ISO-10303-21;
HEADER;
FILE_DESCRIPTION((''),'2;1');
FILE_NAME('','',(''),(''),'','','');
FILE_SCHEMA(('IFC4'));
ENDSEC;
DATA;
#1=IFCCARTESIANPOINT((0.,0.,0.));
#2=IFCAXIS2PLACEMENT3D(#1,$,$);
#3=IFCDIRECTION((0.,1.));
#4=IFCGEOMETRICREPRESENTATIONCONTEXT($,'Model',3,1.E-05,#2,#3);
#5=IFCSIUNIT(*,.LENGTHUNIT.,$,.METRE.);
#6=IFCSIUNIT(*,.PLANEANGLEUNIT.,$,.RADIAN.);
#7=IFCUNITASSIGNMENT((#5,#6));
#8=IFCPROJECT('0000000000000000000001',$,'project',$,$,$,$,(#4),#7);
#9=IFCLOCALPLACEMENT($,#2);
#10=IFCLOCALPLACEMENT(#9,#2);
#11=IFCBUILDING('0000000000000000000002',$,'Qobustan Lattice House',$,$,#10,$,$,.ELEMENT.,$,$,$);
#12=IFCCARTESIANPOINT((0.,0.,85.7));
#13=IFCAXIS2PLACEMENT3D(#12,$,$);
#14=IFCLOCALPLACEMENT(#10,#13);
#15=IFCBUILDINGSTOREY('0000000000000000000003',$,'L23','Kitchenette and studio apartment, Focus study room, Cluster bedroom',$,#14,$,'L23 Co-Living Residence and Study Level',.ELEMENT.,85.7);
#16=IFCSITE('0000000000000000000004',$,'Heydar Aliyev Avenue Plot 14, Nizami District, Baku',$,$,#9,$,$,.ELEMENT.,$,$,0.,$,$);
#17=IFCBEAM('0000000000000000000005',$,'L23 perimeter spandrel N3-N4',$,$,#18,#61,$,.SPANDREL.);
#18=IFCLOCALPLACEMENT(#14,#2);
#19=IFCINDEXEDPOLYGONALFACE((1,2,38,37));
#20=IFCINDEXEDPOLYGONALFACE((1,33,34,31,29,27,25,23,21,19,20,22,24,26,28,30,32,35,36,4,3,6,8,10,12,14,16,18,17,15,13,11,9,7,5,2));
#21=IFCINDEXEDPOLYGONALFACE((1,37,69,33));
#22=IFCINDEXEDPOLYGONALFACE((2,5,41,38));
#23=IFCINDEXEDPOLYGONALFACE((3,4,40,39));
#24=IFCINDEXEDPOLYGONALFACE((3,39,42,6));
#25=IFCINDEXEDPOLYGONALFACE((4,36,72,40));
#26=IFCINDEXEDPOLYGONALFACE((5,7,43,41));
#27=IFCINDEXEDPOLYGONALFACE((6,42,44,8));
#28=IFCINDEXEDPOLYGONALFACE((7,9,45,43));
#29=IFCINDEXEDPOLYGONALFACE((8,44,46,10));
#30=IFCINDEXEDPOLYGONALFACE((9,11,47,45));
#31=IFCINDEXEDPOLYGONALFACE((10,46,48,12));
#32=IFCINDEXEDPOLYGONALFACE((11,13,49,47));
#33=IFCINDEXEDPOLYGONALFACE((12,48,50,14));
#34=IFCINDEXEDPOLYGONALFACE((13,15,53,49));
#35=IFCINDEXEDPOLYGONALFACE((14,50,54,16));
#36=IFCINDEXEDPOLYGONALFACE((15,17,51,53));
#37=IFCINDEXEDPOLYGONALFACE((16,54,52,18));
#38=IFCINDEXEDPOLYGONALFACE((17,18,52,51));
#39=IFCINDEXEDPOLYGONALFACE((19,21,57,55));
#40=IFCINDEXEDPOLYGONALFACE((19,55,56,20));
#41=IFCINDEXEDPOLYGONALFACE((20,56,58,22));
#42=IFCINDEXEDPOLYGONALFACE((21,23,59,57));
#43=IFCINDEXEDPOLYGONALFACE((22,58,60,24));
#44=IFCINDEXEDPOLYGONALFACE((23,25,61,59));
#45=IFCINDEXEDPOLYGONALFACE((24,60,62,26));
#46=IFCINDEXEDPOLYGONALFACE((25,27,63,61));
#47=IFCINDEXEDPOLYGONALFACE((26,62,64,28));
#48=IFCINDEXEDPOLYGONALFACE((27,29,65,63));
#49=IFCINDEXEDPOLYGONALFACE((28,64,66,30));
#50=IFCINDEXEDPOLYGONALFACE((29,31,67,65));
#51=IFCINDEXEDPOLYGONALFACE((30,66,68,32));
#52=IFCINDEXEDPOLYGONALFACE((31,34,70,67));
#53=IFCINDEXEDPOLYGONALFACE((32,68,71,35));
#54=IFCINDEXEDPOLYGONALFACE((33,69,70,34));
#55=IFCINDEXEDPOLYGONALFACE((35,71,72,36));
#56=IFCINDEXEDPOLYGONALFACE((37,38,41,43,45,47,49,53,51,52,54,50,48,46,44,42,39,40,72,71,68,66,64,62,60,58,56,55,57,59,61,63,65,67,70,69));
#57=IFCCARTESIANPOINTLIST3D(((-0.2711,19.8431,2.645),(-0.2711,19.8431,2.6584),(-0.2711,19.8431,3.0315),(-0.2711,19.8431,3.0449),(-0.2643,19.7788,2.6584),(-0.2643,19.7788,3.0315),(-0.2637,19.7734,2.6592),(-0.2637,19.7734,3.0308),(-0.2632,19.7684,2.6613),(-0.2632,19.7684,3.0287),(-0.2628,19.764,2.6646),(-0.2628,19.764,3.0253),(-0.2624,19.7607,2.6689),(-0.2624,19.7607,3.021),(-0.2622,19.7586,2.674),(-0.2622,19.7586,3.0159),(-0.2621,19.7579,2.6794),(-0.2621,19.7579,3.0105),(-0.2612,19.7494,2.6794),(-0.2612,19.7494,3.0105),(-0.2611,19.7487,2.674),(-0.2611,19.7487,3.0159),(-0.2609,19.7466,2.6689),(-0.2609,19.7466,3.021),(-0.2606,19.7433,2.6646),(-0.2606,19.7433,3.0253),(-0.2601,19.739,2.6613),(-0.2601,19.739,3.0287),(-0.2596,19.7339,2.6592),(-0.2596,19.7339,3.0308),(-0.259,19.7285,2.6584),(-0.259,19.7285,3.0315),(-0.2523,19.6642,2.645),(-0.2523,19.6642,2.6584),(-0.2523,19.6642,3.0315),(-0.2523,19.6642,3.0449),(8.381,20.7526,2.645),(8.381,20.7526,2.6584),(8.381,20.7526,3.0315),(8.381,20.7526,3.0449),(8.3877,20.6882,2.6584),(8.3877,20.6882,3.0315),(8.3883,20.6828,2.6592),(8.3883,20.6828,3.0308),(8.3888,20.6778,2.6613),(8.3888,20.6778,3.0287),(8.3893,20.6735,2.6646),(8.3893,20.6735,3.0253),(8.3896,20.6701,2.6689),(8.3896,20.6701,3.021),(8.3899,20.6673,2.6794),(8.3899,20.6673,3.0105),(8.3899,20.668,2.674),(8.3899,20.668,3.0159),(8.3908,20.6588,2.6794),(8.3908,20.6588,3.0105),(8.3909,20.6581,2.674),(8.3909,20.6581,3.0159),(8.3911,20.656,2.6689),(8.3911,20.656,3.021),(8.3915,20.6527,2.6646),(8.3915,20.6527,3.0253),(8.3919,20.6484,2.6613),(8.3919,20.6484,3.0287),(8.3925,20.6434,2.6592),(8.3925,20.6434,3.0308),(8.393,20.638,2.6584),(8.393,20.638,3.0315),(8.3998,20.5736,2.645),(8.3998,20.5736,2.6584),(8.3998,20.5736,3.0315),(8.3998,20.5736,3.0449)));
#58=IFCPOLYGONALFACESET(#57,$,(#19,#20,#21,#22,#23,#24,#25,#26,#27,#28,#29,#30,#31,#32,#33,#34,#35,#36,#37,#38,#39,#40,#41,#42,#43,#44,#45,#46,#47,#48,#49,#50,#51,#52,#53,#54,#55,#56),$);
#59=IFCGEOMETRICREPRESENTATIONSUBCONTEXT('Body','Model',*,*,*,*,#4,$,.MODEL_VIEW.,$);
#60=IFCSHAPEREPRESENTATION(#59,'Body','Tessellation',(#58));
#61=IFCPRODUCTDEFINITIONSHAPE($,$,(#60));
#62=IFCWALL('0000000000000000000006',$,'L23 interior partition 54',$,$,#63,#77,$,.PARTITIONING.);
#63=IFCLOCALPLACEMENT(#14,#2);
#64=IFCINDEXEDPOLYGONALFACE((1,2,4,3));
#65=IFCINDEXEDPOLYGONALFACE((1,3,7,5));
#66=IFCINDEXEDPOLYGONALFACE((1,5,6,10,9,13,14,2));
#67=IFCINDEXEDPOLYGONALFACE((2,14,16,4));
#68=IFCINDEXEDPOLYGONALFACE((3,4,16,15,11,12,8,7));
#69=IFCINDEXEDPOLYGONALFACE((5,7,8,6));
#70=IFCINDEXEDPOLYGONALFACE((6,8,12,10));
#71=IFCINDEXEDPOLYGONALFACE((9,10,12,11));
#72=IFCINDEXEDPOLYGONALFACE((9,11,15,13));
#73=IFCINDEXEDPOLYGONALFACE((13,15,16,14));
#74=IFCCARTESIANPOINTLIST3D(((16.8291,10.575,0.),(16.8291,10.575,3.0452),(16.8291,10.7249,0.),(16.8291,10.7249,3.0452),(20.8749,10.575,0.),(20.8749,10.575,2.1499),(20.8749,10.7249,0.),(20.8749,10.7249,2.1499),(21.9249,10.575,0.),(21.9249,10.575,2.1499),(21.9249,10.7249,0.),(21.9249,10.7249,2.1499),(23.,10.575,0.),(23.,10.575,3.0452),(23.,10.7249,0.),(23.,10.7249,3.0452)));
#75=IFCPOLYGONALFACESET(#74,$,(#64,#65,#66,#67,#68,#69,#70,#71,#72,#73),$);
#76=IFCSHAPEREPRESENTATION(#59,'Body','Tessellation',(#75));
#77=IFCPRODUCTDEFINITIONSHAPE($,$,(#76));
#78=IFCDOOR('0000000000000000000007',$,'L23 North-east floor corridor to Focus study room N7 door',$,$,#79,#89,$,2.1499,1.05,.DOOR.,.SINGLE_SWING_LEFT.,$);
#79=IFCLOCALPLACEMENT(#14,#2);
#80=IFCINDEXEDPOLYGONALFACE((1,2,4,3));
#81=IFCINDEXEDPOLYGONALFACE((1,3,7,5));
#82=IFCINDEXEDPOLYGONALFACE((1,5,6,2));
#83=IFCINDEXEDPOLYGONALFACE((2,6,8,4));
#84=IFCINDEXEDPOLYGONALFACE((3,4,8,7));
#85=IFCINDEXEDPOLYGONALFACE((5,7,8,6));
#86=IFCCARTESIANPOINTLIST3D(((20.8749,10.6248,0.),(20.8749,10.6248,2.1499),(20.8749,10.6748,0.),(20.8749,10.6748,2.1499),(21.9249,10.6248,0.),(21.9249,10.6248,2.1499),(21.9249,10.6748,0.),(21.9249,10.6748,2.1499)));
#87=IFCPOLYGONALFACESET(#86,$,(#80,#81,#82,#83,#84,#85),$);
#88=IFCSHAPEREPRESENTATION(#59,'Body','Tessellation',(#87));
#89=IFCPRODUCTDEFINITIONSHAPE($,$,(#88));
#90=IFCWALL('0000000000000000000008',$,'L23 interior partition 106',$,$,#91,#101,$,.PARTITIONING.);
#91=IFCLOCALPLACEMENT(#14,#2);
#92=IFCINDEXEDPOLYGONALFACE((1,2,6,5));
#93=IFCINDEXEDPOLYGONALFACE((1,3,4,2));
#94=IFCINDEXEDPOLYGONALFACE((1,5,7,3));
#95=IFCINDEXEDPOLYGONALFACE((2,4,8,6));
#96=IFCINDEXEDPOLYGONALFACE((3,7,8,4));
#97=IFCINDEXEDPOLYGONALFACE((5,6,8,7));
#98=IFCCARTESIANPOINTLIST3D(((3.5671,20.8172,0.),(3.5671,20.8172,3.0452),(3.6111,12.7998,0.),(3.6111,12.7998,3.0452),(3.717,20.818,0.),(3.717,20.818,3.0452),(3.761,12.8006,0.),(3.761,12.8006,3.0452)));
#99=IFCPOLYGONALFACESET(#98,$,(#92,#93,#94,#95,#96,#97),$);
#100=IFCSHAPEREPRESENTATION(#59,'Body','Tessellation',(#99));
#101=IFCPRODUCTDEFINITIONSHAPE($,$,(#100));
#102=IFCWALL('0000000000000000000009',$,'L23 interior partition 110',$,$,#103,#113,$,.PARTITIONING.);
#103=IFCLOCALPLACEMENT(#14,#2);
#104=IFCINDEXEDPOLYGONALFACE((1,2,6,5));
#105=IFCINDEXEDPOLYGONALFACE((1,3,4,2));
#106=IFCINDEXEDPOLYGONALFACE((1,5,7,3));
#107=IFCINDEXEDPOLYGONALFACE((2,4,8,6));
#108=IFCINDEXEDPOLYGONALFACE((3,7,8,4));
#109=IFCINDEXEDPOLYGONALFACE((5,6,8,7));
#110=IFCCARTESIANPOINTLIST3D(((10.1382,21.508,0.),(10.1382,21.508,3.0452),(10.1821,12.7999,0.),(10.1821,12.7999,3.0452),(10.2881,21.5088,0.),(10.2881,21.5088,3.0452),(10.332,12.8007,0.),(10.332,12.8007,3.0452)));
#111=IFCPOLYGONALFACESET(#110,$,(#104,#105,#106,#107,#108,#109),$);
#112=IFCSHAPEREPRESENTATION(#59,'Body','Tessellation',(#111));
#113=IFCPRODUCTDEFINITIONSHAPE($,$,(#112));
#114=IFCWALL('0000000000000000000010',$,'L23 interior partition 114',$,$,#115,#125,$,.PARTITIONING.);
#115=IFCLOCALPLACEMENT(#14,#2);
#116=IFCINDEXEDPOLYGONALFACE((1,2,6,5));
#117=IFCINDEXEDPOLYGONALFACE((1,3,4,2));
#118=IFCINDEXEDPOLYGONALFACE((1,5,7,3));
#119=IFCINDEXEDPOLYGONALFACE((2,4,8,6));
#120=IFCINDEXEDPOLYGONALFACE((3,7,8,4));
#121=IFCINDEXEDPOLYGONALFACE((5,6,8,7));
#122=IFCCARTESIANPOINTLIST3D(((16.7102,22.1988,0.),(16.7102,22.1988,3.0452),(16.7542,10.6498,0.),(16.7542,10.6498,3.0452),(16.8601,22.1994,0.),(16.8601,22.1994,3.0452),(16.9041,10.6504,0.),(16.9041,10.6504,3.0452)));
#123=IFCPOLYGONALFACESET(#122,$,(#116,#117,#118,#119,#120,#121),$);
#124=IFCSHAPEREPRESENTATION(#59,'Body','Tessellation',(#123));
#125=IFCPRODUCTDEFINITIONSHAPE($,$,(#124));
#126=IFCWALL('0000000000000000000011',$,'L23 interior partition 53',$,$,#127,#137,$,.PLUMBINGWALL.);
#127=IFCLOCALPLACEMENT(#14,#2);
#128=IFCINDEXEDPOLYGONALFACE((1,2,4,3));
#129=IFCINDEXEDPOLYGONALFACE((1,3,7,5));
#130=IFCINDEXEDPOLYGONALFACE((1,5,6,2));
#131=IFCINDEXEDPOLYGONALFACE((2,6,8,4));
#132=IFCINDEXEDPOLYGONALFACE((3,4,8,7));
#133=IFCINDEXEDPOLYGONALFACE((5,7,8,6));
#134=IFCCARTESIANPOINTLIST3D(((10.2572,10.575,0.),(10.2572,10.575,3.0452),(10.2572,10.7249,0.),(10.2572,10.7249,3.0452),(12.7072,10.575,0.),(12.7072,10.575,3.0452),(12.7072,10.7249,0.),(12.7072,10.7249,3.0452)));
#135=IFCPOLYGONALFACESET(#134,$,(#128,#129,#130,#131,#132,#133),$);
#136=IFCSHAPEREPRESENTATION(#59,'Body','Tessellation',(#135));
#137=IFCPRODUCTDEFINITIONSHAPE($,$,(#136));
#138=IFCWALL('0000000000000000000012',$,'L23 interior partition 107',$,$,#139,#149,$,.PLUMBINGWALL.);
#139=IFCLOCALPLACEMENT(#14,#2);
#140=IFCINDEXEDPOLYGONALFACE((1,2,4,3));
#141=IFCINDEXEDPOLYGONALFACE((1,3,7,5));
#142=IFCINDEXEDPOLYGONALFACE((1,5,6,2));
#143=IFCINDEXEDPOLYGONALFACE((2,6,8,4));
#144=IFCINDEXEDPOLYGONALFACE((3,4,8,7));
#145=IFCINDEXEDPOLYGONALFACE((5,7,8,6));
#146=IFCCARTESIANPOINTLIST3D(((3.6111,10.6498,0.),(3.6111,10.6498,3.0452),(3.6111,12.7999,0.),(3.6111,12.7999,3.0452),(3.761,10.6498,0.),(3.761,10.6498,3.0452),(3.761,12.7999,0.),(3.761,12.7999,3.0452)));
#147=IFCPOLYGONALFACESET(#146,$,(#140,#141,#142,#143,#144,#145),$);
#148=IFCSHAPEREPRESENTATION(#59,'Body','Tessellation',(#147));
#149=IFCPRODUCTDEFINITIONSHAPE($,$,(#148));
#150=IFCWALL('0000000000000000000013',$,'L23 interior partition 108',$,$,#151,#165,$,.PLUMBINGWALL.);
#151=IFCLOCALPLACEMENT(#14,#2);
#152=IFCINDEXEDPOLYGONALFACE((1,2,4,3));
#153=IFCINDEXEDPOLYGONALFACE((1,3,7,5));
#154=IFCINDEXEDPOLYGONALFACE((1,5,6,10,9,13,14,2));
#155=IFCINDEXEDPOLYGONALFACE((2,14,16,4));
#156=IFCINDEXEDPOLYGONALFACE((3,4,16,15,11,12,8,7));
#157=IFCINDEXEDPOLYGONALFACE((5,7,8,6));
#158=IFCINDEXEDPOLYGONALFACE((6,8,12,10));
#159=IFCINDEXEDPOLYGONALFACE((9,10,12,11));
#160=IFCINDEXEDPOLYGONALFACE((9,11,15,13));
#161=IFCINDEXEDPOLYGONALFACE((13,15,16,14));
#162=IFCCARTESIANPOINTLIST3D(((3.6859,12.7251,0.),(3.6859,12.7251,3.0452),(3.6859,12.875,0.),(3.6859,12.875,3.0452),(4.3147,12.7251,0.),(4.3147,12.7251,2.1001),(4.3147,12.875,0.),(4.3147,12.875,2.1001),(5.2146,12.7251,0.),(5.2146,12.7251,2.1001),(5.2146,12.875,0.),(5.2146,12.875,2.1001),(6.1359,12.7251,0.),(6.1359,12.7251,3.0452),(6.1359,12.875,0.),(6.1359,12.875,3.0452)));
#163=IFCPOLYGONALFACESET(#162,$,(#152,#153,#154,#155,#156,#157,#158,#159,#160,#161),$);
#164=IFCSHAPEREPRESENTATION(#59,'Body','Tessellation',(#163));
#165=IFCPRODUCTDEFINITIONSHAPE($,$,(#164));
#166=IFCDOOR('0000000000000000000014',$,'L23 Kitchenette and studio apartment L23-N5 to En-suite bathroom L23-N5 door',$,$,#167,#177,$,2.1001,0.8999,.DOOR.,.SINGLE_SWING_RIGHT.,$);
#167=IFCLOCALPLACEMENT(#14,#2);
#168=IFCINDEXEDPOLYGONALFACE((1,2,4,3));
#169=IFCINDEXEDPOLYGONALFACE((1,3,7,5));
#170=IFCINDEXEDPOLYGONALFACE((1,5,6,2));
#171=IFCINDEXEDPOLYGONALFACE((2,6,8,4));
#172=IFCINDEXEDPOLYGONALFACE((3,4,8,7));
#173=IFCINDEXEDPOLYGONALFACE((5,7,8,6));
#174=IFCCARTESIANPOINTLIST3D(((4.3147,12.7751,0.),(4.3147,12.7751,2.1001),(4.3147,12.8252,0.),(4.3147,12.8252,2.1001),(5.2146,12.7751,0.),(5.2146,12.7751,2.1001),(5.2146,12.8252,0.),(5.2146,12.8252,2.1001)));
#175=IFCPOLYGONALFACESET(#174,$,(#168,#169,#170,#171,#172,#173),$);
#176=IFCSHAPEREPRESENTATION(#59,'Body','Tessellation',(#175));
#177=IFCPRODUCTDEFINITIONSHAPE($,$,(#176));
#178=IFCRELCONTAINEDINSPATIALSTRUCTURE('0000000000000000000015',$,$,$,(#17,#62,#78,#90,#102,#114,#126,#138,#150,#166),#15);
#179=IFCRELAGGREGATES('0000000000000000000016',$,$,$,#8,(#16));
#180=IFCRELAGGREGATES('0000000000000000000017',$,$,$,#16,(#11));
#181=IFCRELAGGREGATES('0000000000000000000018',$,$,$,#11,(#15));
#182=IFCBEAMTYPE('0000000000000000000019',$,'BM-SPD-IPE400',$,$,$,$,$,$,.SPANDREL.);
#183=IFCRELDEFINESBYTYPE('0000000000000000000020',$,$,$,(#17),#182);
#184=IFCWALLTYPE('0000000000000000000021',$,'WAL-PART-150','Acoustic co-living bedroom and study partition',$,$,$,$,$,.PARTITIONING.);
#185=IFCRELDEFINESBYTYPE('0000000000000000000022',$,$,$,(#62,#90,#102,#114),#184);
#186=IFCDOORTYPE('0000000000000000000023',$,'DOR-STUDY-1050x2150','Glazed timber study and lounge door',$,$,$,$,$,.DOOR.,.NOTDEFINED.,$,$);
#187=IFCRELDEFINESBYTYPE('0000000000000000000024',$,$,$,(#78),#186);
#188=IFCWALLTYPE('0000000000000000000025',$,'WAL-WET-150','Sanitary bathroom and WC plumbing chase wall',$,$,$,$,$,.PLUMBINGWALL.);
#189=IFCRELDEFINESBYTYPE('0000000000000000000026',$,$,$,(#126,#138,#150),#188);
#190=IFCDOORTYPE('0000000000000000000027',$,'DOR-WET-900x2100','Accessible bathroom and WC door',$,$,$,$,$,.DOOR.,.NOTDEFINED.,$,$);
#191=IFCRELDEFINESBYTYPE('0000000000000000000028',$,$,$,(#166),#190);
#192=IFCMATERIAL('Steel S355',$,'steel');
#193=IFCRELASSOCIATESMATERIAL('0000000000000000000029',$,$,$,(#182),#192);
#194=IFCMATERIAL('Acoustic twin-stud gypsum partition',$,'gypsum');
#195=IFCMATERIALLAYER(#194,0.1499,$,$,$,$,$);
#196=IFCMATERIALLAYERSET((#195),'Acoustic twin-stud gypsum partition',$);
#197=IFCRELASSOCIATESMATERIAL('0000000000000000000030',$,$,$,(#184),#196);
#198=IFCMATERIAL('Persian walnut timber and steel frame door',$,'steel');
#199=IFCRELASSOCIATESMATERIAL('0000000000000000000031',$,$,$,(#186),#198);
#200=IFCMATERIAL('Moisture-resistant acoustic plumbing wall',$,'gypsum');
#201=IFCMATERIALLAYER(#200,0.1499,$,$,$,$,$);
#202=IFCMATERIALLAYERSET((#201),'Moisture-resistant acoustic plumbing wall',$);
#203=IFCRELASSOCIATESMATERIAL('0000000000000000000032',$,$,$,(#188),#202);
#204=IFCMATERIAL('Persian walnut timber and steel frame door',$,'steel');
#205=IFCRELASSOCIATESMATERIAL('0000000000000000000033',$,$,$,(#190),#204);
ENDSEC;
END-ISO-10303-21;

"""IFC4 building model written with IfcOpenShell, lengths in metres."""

from ifc_helpers import new_model, si_unit, direction, frame, frame_2d, origin, origin_2d, place, context, subcontext, project, spatial, rectangle, i_section, extrude, material, layer, layer_set, material_profile, profile_set, type_object, element, fill, save


model = new_model("IFC4")

# Units and contexts
model_context = context("Model", 3, precision=1e-05, world=origin(), true_north=direction((0.0, 1.0)))
body_context = subcontext(model_context, "Body", "Model", "MODEL_VIEW")
ifc_project = project(units=[si_unit("LENGTHUNIT", "METRE"), si_unit("PLANEANGLEUNIT", "RADIAN")], contexts=[model_context])

# Site, building, storey
site_placement = place(None, origin())
site = spatial("IfcSite", under=ifc_project, at=site_placement, Name="Heydar Aliyev Avenue Plot 14, Nizami District, Baku", CompositionType="ELEMENT", RefElevation=0.0)
building_placement = place(site_placement, origin())
building = spatial("IfcBuilding", under=site, at=building_placement, Name="Qobustan Lattice House", CompositionType="ELEMENT")
storey_placement = place(building_placement, frame((0.0, 0.0, 85.7)))
storey = spatial("IfcBuildingStorey", under=building, at=storey_placement, Name="L23", Description="Kitchenette and studio apartment, Focus study room, Cluster bedroom", LongName="L23 Co-Living Residence and Study Level", CompositionType="ELEMENT", Elevation=85.7)

# Beam
ifc_material_1 = material(Name="Steel S355", Category="steel")
ifc_material_profile_1 = material_profile(ifc_material_1, i_section(OverallWidth=0.1799, OverallDepth=0.3999, WebThickness=0.0085, FlangeThickness=0.0134, FilletRadius=0.021, at=origin_2d()), Name="IPE400")
ifc_profile_set_1 = profile_set([ifc_material_profile_1], Name="Steel S355")
beam_type_1 = type_object("IfcBeamType", Name="BM-SPD-IPE400", PredefinedType="SPANDREL", material=ifc_profile_set_1)
beam_1_placement = place(storey_placement, frame((8.3904, 20.6631, 2.845), z_axis=(-0.994521, -0.104534, 0.0), x_axis=(0.104534, -0.994521, 0.0)))
element("IfcBeam", 1, at=beam_1_placement, inside=storey, type_object=beam_type_1, Name="L23 perimeter spandrel N3-N4", PredefinedType="SPANDREL", context=body_context, shape_type="SweptSolid", body=[
    extrude(i_section(OverallWidth=0.1799, OverallDepth=0.3999, WebThickness=0.0085, FlangeThickness=0.0134, FilletRadius=0.021, at=origin_2d()), origin(), (0.0, 0.0, 1.0), 8.6997),
])

# Wall, opening, door
ifc_material_2 = material(Name="Acoustic twin-stud gypsum partition", Category="gypsum")
ifc_layer_1 = layer(ifc_material_2, 0.1499)
ifc_layer_set_1 = layer_set([ifc_layer_1], Name="Acoustic twin-stud gypsum partition")
wall_type_1 = type_object("IfcWallType", Name="WAL-PART-150", Description="Acoustic co-living bedroom and study partition", PredefinedType="PARTITIONING", material=ifc_layer_set_1)
wall_1_placement = place(storey_placement, frame((16.8291, 10.6499, 0.0), z_axis=(0.0, 0.0, 1.0), x_axis=(1.0, 0.0, 0.0)))
wall_1 = element("IfcWall", 2, at=wall_1_placement, inside=storey, type_object=wall_type_1, Name="L23 interior partition 54", PredefinedType="PARTITIONING", context=body_context, shape_type="SweptSolid", body=[
    extrude(rectangle(XDim=6.1709, YDim=0.1499, at=frame_2d((3.0854, 0.0))), origin(), (0.0, 0.0, 1.0), 3.0452),
])
opening_1_placement = place(wall_1_placement, frame((4.0459, 0.0, 0.0)))
opening_1 = element("IfcOpeningElement", 3, at=opening_1_placement, cuts=wall_1, PredefinedType="OPENING", context=body_context, shape_type="SweptSolid", body=[
    extrude(rectangle(XDim=1.05, YDim=2.1499, at=frame_2d((0.5249, 1.075))), frame((0.0, 0.085, 0.0), z_axis=(0.0, -1.0, 0.0), x_axis=(1.0, 0.0, 0.0)), (0.0, 0.0, 1.0), 0.1699),
])
ifc_material_3 = material(Name="Persian walnut timber and steel frame door", Category="steel")
door_type_1 = type_object("IfcDoorType", Name="DOR-STUDY-1050x2150", Description="Glazed timber study and lounge door", OperationType="NOTDEFINED", PredefinedType="DOOR", material=ifc_material_3)
door_1_placement = place(opening_1_placement, origin())
door_1 = element("IfcDoor", 4, at=door_1_placement, inside=storey, type_object=door_type_1, Name="L23 North-east floor corridor to Focus study room N7 door", OperationType="SINGLE_SWING_LEFT", OverallHeight=2.1499, OverallWidth=1.05, PredefinedType="DOOR", context=body_context, shape_type="SweptSolid", body=[
    extrude(rectangle(XDim=1.05, YDim=2.1499, at=frame_2d((0.5249, 1.075))), frame((0.0, 0.0249, 0.0), z_axis=(0.0, -1.0, 0.0), x_axis=(1.0, 0.0, 0.0)), (0.0, 0.0, 1.0), 0.05),
])
fill(opening_1, door_1)

# Walls
wall_2_placement = place(storey_placement, frame((3.6421, 20.8176, 0.0), z_axis=(0.0, 0.0, 1.0), x_axis=(0.005481, -0.999985, 0.0)))
element("IfcWall", 5, at=wall_2_placement, inside=storey, type_object=wall_type_1, Name="L23 interior partition 106", PredefinedType="PARTITIONING", context=body_context, shape_type="SweptSolid", body=[
    extrude(rectangle(XDim=8.0176, YDim=0.1499, at=frame_2d((4.0088, 0.0))), origin(), (0.0, 0.0, 1.0), 3.0452),
])
wall_3_placement = place(storey_placement, frame((10.2131, 21.5083, 0.0), z_axis=(0.0, 0.0, 1.0), x_axis=(0.005046, -0.999987, 0.0)))
element("IfcWall", 6, at=wall_3_placement, inside=storey, type_object=wall_type_1, Name="L23 interior partition 110", PredefinedType="PARTITIONING", context=body_context, shape_type="SweptSolid", body=[
    extrude(rectangle(XDim=8.7083, YDim=0.1499, at=frame_2d((4.354, 0.0))), origin(), (0.0, 0.0, 1.0), 3.0452),
])
wall_4_placement = place(storey_placement, frame((16.7852, 22.199, 0.0), z_axis=(0.0, 0.0, 1.0), x_axis=(0.003805, -0.999993, 0.0)))
element("IfcWall", 7, at=wall_4_placement, inside=storey, type_object=wall_type_1, Name="L23 interior partition 114", PredefinedType="PARTITIONING", context=body_context, shape_type="SweptSolid", body=[
    extrude(rectangle(XDim=11.5491, YDim=0.1499, at=frame_2d((5.7744, 0.0))), origin(), (0.0, 0.0, 1.0), 3.0452),
])
ifc_material_4 = material(Name="Moisture-resistant acoustic plumbing wall", Category="gypsum")
ifc_layer_2 = layer(ifc_material_4, 0.1499)
ifc_layer_set_2 = layer_set([ifc_layer_2], Name="Moisture-resistant acoustic plumbing wall")
wall_type_2 = type_object("IfcWallType", Name="WAL-WET-150", Description="Sanitary bathroom and WC plumbing chase wall", PredefinedType="PLUMBINGWALL", material=ifc_layer_set_2)
wall_5_placement = place(storey_placement, frame((10.2571, 10.6499, 0.0), z_axis=(0.0, 0.0, 1.0), x_axis=(1.0, 0.0, 0.0)))
element("IfcWall", 8, at=wall_5_placement, inside=storey, type_object=wall_type_2, Name="L23 interior partition 53", PredefinedType="PLUMBINGWALL", context=body_context, shape_type="SweptSolid", body=[
    extrude(rectangle(XDim=2.45, YDim=0.1499, at=frame_2d((1.2251, 0.0))), origin(), (0.0, 0.0, 1.0), 3.0452),
])
wall_6_placement = place(storey_placement, frame((3.686, 12.8, 0.0), z_axis=(0.0, 0.0, 1.0), x_axis=(0.0, -1.0, 0.0)))
element("IfcWall", 9, at=wall_6_placement, inside=storey, type_object=wall_type_2, Name="L23 interior partition 107", PredefinedType="PLUMBINGWALL", context=body_context, shape_type="SweptSolid", body=[
    extrude(rectangle(XDim=2.1501, YDim=0.1499, at=frame_2d((1.0752, 0.0))), origin(), (0.0, 0.0, 1.0), 3.0452),
])

# Wall, opening, door
wall_7_placement = place(storey_placement, frame((6.136, 12.8, 0.0), z_axis=(0.0, 0.0, 1.0), x_axis=(-1.0, 0.0, 0.0)))
wall_7 = element("IfcWall", 10, at=wall_7_placement, inside=storey, type_object=wall_type_2, Name="L23 interior partition 108", PredefinedType="PLUMBINGWALL", context=body_context, shape_type="SweptSolid", body=[
    extrude(rectangle(XDim=2.45, YDim=0.1499, at=frame_2d((1.2251, 0.0))), origin(), (0.0, 0.0, 1.0), 3.0452),
])
opening_2_placement = place(wall_7_placement, frame((0.9214, 0.0, 0.0)))
opening_2 = element("IfcOpeningElement", 11, at=opening_2_placement, cuts=wall_7, PredefinedType="OPENING", context=body_context, shape_type="SweptSolid", body=[
    extrude(rectangle(XDim=0.8999, YDim=2.1001, at=frame_2d((0.45, 1.05))), frame((0.0, 0.085, 0.0), z_axis=(0.0, -1.0, 0.0), x_axis=(1.0, 0.0, 0.0)), (0.0, 0.0, 1.0), 0.1699),
])
ifc_material_5 = material(Name="Persian walnut timber and steel frame door", Category="steel")
door_type_2 = type_object("IfcDoorType", Name="DOR-WET-900x2100", Description="Accessible bathroom and WC door", OperationType="NOTDEFINED", PredefinedType="DOOR", material=ifc_material_5)
door_2_placement = place(opening_2_placement, origin())
door_2 = element("IfcDoor", 12, at=door_2_placement, inside=storey, type_object=door_type_2, Name="L23 Kitchenette and studio apartment L23-N5 to En-suite bathroom L23-N5 door", OperationType="SINGLE_SWING_RIGHT", OverallHeight=2.1001, OverallWidth=0.8999, PredefinedType="DOOR", context=body_context, shape_type="SweptSolid", body=[
    extrude(rectangle(XDim=0.8999, YDim=2.1001, at=frame_2d((0.45, 1.05))), frame((0.0, 0.0249, 0.0), z_axis=(0.0, -1.0, 0.0), x_axis=(1.0, 0.0, 0.0)), (0.0, 0.0, 1.0), 0.05),
])
fill(opening_2, door_2)

save(model, "model.ifc")
